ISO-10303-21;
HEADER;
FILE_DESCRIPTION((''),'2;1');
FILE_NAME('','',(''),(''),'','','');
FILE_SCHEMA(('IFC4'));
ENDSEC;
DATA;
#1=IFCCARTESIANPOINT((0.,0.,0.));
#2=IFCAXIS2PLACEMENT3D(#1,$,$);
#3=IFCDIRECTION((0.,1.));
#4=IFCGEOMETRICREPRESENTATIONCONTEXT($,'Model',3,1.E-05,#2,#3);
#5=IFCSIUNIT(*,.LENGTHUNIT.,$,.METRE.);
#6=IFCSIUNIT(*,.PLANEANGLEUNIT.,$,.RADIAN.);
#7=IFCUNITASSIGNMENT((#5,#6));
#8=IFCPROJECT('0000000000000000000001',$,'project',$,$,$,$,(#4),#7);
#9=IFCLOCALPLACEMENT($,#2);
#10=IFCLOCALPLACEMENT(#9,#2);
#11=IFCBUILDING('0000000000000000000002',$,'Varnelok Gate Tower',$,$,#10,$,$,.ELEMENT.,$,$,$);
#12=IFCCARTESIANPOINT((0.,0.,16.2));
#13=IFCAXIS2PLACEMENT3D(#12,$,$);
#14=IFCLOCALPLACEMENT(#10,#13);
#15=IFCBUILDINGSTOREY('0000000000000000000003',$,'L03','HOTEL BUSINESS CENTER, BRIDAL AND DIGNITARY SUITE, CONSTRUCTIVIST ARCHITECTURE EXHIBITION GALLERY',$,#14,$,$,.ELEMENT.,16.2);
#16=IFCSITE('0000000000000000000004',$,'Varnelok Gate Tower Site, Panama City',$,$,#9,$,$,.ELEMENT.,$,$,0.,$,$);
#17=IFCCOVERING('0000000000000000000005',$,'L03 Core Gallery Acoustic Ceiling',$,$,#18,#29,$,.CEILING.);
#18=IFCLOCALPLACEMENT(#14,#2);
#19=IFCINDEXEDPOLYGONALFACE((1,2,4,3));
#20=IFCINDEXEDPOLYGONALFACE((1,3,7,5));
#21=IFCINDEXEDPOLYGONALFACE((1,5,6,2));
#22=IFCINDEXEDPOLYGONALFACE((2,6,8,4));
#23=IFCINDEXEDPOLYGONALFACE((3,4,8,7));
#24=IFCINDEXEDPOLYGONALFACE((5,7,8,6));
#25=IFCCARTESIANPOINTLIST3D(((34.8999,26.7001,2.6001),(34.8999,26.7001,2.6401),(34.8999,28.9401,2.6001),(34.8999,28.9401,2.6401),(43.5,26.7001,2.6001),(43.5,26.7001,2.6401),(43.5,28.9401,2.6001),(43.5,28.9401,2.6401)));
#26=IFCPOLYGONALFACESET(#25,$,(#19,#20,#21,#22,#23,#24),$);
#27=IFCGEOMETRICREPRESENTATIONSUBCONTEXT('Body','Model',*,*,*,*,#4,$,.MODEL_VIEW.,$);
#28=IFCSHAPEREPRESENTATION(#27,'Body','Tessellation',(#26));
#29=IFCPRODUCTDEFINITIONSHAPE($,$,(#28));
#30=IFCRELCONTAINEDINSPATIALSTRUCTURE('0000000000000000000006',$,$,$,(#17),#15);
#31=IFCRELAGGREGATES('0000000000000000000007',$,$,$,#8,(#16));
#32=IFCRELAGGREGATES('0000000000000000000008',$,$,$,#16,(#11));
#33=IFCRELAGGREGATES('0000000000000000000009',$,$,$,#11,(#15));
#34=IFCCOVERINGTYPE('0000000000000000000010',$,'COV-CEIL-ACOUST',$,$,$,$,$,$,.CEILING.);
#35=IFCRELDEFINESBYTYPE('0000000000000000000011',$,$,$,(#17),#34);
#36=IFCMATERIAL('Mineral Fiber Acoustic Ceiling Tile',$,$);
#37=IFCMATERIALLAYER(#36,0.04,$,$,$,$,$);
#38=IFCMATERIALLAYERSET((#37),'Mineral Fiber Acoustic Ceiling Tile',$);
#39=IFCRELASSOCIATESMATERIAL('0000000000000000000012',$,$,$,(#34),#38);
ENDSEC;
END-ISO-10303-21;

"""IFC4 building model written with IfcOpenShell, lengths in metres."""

from ifc_helpers import new_model, si_unit, direction, frame, origin, origin_2d, place, context, subcontext, project, spatial, rectangle, extrude, source, transform, mapped, material, layer, layer_set, type_object, element, save


model = new_model("IFC4")

# Units and contexts
model_context = context("Model", 3, precision=1e-05, world=origin(), true_north=direction((0.0, 1.0)))
body_context = subcontext(model_context, "Body", "Model", "MODEL_VIEW")
ifc_project = project(units=[si_unit("LENGTHUNIT", "METRE"), si_unit("PLANEANGLEUNIT", "RADIAN")], contexts=[model_context])

# Site, building, storey
site_placement = place(None, origin())
site = spatial("IfcSite", under=ifc_project, at=site_placement, Name="Varnelok Gate Tower Site, Panama City", CompositionType="ELEMENT", RefElevation=0.0)
building_placement = place(site_placement, origin())
building = spatial("IfcBuilding", under=site, at=building_placement, Name="Varnelok Gate Tower", CompositionType="ELEMENT")
storey_placement = place(building_placement, frame((0.0, 0.0, 16.2)))
storey = spatial("IfcBuildingStorey", under=building, at=storey_placement, Name="L03", Description="HOTEL BUSINESS CENTER, BRIDAL AND DIGNITARY SUITE, CONSTRUCTIVIST ARCHITECTURE EXHIBITION GALLERY", CompositionType="ELEMENT", Elevation=16.2)

# Covering
ifc_material_1 = material(Name="Mineral Fiber Acoustic Ceiling Tile")
ifc_layer_1 = layer(ifc_material_1, 0.04)
ifc_layer_set_1 = layer_set([ifc_layer_1], Name="Mineral Fiber Acoustic Ceiling Tile")
covering_type_1 = type_object("IfcCoveringType", Name="COV-CEIL-ACOUST", PredefinedType="CEILING", material=ifc_layer_set_1)
shared_shape_1 = source(origin(), body_context, "Body", "SweptSolid", [
    extrude(rectangle(XDim=8.6001, YDim=2.24, at=origin_2d()), origin(), (0.0, 0.0, 1.0), 0.04),
])
covering_1_placement = place(storey_placement, frame((39.2, 27.8201, 2.6001), z_axis=(0.0, 0.0, 1.0), x_axis=(1.0, 0.0, 0.0)))
element("IfcCovering", 1, at=covering_1_placement, inside=storey, type_object=covering_type_1, Name="L03 Core Gallery Acoustic Ceiling", PredefinedType="CEILING", context=body_context, shape_type="MappedRepresentation", body=[
    mapped(shared_shape_1, transform((0.0, 0.0, 0.0), scale=1.0)),
])

save(model, "model.ifc")
